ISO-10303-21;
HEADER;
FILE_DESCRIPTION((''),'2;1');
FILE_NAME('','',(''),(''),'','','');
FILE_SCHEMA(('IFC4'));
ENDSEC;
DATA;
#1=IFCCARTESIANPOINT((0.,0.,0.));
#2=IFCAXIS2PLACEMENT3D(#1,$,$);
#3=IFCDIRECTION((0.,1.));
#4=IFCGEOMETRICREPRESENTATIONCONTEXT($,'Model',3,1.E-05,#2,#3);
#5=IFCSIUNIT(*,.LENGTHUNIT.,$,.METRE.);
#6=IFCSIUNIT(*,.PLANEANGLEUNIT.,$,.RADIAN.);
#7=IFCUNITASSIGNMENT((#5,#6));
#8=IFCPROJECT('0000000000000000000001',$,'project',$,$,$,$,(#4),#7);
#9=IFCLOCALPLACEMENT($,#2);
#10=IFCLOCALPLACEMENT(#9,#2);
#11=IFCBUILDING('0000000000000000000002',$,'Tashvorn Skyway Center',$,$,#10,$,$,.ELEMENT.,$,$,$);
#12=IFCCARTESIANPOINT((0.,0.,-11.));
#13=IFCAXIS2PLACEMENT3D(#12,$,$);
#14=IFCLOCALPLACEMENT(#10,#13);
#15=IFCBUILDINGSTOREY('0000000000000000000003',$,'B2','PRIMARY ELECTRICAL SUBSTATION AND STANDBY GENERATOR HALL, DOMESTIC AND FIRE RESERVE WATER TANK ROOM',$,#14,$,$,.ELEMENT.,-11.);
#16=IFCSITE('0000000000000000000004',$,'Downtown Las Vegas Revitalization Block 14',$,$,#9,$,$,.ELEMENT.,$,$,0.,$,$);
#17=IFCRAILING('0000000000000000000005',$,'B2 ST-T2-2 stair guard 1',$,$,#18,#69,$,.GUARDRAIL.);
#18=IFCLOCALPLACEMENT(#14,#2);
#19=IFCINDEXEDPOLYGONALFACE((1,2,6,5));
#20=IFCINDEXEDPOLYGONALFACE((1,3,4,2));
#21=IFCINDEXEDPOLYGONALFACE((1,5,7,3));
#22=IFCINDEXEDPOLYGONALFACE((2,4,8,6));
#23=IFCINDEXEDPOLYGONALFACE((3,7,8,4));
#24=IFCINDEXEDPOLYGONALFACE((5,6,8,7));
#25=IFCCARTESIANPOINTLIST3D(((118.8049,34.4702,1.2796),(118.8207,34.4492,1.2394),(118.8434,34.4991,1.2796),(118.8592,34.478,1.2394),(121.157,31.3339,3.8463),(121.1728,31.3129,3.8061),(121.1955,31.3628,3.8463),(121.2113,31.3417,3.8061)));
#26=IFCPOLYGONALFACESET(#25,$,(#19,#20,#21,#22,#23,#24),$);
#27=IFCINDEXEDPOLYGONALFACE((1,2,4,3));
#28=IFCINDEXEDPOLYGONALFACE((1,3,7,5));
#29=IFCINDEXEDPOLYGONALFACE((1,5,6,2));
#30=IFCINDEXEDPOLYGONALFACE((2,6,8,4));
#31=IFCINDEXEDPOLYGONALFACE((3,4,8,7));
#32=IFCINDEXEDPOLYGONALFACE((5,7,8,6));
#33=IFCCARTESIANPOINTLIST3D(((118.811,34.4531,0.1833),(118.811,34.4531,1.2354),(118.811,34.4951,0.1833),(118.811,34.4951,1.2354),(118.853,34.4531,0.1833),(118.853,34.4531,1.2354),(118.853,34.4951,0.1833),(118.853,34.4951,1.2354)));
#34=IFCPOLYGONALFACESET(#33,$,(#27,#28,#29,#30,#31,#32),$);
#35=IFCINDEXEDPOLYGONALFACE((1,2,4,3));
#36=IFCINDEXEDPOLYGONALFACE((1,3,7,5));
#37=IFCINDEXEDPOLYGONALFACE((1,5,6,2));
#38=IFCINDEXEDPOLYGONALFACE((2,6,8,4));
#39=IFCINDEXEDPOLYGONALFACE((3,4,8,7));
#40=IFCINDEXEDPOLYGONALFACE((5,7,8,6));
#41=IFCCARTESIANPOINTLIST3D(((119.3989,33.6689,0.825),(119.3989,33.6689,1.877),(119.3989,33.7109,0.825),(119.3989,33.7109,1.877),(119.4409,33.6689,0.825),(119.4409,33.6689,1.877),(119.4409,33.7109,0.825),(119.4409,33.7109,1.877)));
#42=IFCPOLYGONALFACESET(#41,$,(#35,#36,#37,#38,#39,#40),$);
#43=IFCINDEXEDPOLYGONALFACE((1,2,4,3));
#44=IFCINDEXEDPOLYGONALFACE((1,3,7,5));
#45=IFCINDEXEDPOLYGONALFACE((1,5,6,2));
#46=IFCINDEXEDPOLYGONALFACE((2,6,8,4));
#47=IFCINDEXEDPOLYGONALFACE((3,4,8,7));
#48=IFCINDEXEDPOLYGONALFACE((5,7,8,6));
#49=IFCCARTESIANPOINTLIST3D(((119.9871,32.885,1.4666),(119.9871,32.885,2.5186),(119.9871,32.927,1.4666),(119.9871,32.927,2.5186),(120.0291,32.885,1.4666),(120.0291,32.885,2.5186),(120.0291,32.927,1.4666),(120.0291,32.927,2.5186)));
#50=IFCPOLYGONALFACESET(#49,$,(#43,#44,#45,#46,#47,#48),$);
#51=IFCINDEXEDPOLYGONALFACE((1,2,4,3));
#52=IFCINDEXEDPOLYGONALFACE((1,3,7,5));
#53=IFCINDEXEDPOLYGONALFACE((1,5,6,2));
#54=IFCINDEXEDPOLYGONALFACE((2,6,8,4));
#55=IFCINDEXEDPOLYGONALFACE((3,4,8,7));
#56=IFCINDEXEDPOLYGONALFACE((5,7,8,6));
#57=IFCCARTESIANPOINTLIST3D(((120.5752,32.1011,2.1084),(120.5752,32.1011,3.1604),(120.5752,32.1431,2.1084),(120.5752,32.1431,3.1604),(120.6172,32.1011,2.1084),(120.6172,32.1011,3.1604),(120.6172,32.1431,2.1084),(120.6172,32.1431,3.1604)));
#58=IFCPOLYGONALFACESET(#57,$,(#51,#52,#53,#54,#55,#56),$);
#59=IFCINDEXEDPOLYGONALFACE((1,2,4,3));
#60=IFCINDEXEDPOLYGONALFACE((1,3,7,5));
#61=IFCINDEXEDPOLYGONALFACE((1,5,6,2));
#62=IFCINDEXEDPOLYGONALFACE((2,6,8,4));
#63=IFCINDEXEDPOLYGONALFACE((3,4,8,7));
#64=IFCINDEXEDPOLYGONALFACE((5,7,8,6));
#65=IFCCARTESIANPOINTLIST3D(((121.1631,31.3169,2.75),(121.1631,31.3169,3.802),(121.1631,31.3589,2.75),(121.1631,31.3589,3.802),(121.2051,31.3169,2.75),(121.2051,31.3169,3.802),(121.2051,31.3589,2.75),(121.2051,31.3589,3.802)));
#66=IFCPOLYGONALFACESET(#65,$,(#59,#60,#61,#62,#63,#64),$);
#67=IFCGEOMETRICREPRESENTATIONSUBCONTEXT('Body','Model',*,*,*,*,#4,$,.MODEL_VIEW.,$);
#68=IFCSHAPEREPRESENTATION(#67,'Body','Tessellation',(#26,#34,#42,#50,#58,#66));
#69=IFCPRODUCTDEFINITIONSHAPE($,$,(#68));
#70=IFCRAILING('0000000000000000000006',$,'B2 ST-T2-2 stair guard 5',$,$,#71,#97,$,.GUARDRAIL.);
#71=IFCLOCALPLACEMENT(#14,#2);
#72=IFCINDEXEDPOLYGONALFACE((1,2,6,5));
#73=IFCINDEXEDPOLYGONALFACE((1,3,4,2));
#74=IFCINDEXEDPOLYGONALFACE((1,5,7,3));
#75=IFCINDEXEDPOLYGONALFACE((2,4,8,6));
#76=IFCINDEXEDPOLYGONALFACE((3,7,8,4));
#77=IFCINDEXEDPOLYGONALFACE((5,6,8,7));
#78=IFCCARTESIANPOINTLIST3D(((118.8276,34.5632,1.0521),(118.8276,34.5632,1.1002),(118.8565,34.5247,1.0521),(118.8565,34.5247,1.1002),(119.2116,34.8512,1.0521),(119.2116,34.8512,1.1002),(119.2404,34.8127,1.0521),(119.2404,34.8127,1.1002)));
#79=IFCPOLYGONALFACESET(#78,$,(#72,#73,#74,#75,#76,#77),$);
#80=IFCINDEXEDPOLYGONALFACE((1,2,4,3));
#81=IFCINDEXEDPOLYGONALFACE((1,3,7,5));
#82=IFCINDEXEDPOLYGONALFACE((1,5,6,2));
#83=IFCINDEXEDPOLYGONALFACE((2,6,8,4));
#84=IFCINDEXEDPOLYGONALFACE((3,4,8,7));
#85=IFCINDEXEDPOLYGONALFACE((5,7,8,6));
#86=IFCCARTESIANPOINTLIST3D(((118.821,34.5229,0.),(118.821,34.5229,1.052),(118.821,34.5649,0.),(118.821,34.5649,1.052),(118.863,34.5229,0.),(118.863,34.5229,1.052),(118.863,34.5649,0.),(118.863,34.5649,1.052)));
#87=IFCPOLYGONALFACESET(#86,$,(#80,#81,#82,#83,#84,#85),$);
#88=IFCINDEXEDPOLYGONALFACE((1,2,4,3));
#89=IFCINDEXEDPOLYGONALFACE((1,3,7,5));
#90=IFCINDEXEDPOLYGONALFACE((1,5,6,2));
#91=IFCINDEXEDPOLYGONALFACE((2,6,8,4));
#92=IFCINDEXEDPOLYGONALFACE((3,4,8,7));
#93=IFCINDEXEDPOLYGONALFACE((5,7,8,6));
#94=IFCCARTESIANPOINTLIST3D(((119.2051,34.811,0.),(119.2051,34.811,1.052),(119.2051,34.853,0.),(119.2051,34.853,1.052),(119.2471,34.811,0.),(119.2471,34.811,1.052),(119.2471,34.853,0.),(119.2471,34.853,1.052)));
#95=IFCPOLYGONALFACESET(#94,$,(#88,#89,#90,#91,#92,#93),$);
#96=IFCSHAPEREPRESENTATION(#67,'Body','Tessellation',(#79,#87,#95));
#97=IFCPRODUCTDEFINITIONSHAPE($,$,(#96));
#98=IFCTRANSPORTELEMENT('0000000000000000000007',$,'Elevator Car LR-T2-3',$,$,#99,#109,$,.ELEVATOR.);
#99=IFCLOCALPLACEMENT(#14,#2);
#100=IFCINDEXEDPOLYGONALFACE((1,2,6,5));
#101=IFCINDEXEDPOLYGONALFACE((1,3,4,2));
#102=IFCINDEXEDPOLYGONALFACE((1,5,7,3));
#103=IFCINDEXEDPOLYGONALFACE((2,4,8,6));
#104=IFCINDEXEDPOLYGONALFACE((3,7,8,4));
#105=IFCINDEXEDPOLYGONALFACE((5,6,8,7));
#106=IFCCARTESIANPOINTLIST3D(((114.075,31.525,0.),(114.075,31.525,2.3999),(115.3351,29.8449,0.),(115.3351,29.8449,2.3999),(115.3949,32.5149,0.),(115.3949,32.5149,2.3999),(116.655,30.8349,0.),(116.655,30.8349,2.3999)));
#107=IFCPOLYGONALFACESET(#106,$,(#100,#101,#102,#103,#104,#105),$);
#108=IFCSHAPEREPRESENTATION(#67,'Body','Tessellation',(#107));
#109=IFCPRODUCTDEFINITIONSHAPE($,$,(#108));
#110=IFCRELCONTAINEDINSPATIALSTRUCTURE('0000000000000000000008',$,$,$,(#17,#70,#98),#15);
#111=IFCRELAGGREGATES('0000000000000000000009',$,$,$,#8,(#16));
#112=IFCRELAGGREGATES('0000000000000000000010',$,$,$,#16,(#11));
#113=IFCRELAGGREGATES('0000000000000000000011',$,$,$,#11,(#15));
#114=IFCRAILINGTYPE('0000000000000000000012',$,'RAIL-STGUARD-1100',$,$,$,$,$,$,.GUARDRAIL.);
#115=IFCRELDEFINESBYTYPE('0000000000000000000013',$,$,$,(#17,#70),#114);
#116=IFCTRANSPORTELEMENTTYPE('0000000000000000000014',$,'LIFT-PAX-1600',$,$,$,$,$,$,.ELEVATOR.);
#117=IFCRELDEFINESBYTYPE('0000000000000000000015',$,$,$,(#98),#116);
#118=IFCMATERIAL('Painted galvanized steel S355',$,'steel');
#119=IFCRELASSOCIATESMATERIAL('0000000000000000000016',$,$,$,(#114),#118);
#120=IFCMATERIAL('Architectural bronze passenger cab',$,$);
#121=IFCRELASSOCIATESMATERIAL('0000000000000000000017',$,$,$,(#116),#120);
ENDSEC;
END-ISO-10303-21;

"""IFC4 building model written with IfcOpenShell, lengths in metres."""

from ifc_helpers import new_model, si_unit, direction, frame, origin, origin_2d, place, context, subcontext, project, spatial, rectangle, extrude, material, type_object, element, save


model = new_model("IFC4")

# Units and contexts
model_context = context("Model", 3, precision=1e-05, world=origin(), true_north=direction((0.0, 1.0)))
body_context = subcontext(model_context, "Body", "Model", "MODEL_VIEW")
ifc_project = project(units=[si_unit("LENGTHUNIT", "METRE"), si_unit("PLANEANGLEUNIT", "RADIAN")], contexts=[model_context])

# Site, building, storey
site_placement = place(None, origin())
site = spatial("IfcSite", under=ifc_project, at=site_placement, Name="Downtown Las Vegas Revitalization Block 14", CompositionType="ELEMENT", RefElevation=0.0)
building_placement = place(site_placement, origin())
building = spatial("IfcBuilding", under=site, at=building_placement, Name="Tashvorn Skyway Center", CompositionType="ELEMENT")
storey_placement = place(building_placement, frame((0.0, 0.0, -11.0)))
storey = spatial("IfcBuildingStorey", under=building, at=storey_placement, Name="B2", Description="PRIMARY ELECTRICAL SUBSTATION AND STANDBY GENERATOR HALL, DOMESTIC AND FIRE RESERVE WATER TANK ROOM", CompositionType="ELEMENT", Elevation=-11.0)

# Railings
ifc_material_1 = material(Name="Painted galvanized steel S355", Category="steel")
railing_type_1 = type_object("IfcRailingType", Name="RAIL-STGUARD-1100", PredefinedType="GUARDRAIL", material=ifc_material_1)
railing_1_placement = place(storey_placement, frame((118.832, 34.4741, 0.1833)))
element("IfcRailing", 1, at=railing_1_placement, inside=storey, type_object=railing_type_1, Name="B2 ST-T2-2 stair guard 1", PredefinedType="GUARDRAIL", context=body_context, shape_type="SweptSolid", body=[
    extrude(rectangle(XDim=0.0481, YDim=0.0481, at=origin_2d()), frame((0.0, 0.0, 1.0762), z_axis=(0.501964, -0.66932, 0.547762), x_axis=(0.800015, 0.59998, 0.0)), (0.0, 0.0, 1.0), 4.6858),
    extrude(rectangle(XDim=0.042, YDim=0.042, at=origin_2d()), origin(), (0.0, 0.0, 1.0), 1.052),
    extrude(rectangle(XDim=0.042, YDim=0.042, at=origin_2d()), frame((0.5879, -0.7842, 0.6416)), (0.0, 0.0, 1.0), 1.052),
    extrude(rectangle(XDim=0.042, YDim=0.042, at=origin_2d()), frame((1.176, -1.5681, 1.2832)), (0.0, 0.0, 1.0), 1.052),
    extrude(rectangle(XDim=0.042, YDim=0.042, at=origin_2d()), frame((1.7642, -2.3521, 1.925)), (0.0, 0.0, 1.0), 1.052),
    extrude(rectangle(XDim=0.042, YDim=0.042, at=origin_2d()), frame((2.3521, -3.1362, 2.5667)), (0.0, 0.0, 1.0), 1.052),
])
railing_2_placement = place(storey_placement, frame((118.842, 34.5439, 0.0)))
element("IfcRailing", 2, at=railing_2_placement, inside=storey, type_object=railing_type_1, Name="B2 ST-T2-2 stair guard 5", PredefinedType="GUARDRAIL", context=body_context, shape_type="SweptSolid", body=[
    extrude(rectangle(XDim=0.0481, YDim=0.0481, at=origin_2d()), frame((0.0, 0.0, 1.0762), z_axis=(0.799939, 0.600081, 0.0), x_axis=(-0.600081, 0.799939, 0.0)), (0.0, 0.0, 1.0), 0.48),
    extrude(rectangle(XDim=0.042, YDim=0.042, at=origin_2d()), origin(), (0.0, 0.0, 1.0), 1.052),
    extrude(rectangle(XDim=0.042, YDim=0.042, at=origin_2d()), frame((0.384, 0.2881, 0.0)), (0.0, 0.0, 1.0), 1.052),
])

# Transport element
ifc_material_2 = material(Name="Architectural bronze passenger cab")
transport_element_type = type_object("IfcTransportElementType", Name="LIFT-PAX-1600", PredefinedType="ELEVATOR", material=ifc_material_2)
transport_element_placement = place(storey_placement, frame((115.365, 31.1799, 0.0), z_axis=(0.0, 0.0, 1.0), x_axis=(0.8, 0.6, 0.0)))
element("IfcTransportElement", 3, at=transport_element_placement, inside=storey, type_object=transport_element_type, Name="Elevator Car LR-T2-3", PredefinedType="ELEVATOR", context=body_context, shape_type="SweptSolid", body=[
    extrude(rectangle(XDim=1.6499, YDim=2.1001, at=origin_2d()), origin(), (0.0, 0.0, 1.0), 2.3999),
])

save(model, "model.ifc")
